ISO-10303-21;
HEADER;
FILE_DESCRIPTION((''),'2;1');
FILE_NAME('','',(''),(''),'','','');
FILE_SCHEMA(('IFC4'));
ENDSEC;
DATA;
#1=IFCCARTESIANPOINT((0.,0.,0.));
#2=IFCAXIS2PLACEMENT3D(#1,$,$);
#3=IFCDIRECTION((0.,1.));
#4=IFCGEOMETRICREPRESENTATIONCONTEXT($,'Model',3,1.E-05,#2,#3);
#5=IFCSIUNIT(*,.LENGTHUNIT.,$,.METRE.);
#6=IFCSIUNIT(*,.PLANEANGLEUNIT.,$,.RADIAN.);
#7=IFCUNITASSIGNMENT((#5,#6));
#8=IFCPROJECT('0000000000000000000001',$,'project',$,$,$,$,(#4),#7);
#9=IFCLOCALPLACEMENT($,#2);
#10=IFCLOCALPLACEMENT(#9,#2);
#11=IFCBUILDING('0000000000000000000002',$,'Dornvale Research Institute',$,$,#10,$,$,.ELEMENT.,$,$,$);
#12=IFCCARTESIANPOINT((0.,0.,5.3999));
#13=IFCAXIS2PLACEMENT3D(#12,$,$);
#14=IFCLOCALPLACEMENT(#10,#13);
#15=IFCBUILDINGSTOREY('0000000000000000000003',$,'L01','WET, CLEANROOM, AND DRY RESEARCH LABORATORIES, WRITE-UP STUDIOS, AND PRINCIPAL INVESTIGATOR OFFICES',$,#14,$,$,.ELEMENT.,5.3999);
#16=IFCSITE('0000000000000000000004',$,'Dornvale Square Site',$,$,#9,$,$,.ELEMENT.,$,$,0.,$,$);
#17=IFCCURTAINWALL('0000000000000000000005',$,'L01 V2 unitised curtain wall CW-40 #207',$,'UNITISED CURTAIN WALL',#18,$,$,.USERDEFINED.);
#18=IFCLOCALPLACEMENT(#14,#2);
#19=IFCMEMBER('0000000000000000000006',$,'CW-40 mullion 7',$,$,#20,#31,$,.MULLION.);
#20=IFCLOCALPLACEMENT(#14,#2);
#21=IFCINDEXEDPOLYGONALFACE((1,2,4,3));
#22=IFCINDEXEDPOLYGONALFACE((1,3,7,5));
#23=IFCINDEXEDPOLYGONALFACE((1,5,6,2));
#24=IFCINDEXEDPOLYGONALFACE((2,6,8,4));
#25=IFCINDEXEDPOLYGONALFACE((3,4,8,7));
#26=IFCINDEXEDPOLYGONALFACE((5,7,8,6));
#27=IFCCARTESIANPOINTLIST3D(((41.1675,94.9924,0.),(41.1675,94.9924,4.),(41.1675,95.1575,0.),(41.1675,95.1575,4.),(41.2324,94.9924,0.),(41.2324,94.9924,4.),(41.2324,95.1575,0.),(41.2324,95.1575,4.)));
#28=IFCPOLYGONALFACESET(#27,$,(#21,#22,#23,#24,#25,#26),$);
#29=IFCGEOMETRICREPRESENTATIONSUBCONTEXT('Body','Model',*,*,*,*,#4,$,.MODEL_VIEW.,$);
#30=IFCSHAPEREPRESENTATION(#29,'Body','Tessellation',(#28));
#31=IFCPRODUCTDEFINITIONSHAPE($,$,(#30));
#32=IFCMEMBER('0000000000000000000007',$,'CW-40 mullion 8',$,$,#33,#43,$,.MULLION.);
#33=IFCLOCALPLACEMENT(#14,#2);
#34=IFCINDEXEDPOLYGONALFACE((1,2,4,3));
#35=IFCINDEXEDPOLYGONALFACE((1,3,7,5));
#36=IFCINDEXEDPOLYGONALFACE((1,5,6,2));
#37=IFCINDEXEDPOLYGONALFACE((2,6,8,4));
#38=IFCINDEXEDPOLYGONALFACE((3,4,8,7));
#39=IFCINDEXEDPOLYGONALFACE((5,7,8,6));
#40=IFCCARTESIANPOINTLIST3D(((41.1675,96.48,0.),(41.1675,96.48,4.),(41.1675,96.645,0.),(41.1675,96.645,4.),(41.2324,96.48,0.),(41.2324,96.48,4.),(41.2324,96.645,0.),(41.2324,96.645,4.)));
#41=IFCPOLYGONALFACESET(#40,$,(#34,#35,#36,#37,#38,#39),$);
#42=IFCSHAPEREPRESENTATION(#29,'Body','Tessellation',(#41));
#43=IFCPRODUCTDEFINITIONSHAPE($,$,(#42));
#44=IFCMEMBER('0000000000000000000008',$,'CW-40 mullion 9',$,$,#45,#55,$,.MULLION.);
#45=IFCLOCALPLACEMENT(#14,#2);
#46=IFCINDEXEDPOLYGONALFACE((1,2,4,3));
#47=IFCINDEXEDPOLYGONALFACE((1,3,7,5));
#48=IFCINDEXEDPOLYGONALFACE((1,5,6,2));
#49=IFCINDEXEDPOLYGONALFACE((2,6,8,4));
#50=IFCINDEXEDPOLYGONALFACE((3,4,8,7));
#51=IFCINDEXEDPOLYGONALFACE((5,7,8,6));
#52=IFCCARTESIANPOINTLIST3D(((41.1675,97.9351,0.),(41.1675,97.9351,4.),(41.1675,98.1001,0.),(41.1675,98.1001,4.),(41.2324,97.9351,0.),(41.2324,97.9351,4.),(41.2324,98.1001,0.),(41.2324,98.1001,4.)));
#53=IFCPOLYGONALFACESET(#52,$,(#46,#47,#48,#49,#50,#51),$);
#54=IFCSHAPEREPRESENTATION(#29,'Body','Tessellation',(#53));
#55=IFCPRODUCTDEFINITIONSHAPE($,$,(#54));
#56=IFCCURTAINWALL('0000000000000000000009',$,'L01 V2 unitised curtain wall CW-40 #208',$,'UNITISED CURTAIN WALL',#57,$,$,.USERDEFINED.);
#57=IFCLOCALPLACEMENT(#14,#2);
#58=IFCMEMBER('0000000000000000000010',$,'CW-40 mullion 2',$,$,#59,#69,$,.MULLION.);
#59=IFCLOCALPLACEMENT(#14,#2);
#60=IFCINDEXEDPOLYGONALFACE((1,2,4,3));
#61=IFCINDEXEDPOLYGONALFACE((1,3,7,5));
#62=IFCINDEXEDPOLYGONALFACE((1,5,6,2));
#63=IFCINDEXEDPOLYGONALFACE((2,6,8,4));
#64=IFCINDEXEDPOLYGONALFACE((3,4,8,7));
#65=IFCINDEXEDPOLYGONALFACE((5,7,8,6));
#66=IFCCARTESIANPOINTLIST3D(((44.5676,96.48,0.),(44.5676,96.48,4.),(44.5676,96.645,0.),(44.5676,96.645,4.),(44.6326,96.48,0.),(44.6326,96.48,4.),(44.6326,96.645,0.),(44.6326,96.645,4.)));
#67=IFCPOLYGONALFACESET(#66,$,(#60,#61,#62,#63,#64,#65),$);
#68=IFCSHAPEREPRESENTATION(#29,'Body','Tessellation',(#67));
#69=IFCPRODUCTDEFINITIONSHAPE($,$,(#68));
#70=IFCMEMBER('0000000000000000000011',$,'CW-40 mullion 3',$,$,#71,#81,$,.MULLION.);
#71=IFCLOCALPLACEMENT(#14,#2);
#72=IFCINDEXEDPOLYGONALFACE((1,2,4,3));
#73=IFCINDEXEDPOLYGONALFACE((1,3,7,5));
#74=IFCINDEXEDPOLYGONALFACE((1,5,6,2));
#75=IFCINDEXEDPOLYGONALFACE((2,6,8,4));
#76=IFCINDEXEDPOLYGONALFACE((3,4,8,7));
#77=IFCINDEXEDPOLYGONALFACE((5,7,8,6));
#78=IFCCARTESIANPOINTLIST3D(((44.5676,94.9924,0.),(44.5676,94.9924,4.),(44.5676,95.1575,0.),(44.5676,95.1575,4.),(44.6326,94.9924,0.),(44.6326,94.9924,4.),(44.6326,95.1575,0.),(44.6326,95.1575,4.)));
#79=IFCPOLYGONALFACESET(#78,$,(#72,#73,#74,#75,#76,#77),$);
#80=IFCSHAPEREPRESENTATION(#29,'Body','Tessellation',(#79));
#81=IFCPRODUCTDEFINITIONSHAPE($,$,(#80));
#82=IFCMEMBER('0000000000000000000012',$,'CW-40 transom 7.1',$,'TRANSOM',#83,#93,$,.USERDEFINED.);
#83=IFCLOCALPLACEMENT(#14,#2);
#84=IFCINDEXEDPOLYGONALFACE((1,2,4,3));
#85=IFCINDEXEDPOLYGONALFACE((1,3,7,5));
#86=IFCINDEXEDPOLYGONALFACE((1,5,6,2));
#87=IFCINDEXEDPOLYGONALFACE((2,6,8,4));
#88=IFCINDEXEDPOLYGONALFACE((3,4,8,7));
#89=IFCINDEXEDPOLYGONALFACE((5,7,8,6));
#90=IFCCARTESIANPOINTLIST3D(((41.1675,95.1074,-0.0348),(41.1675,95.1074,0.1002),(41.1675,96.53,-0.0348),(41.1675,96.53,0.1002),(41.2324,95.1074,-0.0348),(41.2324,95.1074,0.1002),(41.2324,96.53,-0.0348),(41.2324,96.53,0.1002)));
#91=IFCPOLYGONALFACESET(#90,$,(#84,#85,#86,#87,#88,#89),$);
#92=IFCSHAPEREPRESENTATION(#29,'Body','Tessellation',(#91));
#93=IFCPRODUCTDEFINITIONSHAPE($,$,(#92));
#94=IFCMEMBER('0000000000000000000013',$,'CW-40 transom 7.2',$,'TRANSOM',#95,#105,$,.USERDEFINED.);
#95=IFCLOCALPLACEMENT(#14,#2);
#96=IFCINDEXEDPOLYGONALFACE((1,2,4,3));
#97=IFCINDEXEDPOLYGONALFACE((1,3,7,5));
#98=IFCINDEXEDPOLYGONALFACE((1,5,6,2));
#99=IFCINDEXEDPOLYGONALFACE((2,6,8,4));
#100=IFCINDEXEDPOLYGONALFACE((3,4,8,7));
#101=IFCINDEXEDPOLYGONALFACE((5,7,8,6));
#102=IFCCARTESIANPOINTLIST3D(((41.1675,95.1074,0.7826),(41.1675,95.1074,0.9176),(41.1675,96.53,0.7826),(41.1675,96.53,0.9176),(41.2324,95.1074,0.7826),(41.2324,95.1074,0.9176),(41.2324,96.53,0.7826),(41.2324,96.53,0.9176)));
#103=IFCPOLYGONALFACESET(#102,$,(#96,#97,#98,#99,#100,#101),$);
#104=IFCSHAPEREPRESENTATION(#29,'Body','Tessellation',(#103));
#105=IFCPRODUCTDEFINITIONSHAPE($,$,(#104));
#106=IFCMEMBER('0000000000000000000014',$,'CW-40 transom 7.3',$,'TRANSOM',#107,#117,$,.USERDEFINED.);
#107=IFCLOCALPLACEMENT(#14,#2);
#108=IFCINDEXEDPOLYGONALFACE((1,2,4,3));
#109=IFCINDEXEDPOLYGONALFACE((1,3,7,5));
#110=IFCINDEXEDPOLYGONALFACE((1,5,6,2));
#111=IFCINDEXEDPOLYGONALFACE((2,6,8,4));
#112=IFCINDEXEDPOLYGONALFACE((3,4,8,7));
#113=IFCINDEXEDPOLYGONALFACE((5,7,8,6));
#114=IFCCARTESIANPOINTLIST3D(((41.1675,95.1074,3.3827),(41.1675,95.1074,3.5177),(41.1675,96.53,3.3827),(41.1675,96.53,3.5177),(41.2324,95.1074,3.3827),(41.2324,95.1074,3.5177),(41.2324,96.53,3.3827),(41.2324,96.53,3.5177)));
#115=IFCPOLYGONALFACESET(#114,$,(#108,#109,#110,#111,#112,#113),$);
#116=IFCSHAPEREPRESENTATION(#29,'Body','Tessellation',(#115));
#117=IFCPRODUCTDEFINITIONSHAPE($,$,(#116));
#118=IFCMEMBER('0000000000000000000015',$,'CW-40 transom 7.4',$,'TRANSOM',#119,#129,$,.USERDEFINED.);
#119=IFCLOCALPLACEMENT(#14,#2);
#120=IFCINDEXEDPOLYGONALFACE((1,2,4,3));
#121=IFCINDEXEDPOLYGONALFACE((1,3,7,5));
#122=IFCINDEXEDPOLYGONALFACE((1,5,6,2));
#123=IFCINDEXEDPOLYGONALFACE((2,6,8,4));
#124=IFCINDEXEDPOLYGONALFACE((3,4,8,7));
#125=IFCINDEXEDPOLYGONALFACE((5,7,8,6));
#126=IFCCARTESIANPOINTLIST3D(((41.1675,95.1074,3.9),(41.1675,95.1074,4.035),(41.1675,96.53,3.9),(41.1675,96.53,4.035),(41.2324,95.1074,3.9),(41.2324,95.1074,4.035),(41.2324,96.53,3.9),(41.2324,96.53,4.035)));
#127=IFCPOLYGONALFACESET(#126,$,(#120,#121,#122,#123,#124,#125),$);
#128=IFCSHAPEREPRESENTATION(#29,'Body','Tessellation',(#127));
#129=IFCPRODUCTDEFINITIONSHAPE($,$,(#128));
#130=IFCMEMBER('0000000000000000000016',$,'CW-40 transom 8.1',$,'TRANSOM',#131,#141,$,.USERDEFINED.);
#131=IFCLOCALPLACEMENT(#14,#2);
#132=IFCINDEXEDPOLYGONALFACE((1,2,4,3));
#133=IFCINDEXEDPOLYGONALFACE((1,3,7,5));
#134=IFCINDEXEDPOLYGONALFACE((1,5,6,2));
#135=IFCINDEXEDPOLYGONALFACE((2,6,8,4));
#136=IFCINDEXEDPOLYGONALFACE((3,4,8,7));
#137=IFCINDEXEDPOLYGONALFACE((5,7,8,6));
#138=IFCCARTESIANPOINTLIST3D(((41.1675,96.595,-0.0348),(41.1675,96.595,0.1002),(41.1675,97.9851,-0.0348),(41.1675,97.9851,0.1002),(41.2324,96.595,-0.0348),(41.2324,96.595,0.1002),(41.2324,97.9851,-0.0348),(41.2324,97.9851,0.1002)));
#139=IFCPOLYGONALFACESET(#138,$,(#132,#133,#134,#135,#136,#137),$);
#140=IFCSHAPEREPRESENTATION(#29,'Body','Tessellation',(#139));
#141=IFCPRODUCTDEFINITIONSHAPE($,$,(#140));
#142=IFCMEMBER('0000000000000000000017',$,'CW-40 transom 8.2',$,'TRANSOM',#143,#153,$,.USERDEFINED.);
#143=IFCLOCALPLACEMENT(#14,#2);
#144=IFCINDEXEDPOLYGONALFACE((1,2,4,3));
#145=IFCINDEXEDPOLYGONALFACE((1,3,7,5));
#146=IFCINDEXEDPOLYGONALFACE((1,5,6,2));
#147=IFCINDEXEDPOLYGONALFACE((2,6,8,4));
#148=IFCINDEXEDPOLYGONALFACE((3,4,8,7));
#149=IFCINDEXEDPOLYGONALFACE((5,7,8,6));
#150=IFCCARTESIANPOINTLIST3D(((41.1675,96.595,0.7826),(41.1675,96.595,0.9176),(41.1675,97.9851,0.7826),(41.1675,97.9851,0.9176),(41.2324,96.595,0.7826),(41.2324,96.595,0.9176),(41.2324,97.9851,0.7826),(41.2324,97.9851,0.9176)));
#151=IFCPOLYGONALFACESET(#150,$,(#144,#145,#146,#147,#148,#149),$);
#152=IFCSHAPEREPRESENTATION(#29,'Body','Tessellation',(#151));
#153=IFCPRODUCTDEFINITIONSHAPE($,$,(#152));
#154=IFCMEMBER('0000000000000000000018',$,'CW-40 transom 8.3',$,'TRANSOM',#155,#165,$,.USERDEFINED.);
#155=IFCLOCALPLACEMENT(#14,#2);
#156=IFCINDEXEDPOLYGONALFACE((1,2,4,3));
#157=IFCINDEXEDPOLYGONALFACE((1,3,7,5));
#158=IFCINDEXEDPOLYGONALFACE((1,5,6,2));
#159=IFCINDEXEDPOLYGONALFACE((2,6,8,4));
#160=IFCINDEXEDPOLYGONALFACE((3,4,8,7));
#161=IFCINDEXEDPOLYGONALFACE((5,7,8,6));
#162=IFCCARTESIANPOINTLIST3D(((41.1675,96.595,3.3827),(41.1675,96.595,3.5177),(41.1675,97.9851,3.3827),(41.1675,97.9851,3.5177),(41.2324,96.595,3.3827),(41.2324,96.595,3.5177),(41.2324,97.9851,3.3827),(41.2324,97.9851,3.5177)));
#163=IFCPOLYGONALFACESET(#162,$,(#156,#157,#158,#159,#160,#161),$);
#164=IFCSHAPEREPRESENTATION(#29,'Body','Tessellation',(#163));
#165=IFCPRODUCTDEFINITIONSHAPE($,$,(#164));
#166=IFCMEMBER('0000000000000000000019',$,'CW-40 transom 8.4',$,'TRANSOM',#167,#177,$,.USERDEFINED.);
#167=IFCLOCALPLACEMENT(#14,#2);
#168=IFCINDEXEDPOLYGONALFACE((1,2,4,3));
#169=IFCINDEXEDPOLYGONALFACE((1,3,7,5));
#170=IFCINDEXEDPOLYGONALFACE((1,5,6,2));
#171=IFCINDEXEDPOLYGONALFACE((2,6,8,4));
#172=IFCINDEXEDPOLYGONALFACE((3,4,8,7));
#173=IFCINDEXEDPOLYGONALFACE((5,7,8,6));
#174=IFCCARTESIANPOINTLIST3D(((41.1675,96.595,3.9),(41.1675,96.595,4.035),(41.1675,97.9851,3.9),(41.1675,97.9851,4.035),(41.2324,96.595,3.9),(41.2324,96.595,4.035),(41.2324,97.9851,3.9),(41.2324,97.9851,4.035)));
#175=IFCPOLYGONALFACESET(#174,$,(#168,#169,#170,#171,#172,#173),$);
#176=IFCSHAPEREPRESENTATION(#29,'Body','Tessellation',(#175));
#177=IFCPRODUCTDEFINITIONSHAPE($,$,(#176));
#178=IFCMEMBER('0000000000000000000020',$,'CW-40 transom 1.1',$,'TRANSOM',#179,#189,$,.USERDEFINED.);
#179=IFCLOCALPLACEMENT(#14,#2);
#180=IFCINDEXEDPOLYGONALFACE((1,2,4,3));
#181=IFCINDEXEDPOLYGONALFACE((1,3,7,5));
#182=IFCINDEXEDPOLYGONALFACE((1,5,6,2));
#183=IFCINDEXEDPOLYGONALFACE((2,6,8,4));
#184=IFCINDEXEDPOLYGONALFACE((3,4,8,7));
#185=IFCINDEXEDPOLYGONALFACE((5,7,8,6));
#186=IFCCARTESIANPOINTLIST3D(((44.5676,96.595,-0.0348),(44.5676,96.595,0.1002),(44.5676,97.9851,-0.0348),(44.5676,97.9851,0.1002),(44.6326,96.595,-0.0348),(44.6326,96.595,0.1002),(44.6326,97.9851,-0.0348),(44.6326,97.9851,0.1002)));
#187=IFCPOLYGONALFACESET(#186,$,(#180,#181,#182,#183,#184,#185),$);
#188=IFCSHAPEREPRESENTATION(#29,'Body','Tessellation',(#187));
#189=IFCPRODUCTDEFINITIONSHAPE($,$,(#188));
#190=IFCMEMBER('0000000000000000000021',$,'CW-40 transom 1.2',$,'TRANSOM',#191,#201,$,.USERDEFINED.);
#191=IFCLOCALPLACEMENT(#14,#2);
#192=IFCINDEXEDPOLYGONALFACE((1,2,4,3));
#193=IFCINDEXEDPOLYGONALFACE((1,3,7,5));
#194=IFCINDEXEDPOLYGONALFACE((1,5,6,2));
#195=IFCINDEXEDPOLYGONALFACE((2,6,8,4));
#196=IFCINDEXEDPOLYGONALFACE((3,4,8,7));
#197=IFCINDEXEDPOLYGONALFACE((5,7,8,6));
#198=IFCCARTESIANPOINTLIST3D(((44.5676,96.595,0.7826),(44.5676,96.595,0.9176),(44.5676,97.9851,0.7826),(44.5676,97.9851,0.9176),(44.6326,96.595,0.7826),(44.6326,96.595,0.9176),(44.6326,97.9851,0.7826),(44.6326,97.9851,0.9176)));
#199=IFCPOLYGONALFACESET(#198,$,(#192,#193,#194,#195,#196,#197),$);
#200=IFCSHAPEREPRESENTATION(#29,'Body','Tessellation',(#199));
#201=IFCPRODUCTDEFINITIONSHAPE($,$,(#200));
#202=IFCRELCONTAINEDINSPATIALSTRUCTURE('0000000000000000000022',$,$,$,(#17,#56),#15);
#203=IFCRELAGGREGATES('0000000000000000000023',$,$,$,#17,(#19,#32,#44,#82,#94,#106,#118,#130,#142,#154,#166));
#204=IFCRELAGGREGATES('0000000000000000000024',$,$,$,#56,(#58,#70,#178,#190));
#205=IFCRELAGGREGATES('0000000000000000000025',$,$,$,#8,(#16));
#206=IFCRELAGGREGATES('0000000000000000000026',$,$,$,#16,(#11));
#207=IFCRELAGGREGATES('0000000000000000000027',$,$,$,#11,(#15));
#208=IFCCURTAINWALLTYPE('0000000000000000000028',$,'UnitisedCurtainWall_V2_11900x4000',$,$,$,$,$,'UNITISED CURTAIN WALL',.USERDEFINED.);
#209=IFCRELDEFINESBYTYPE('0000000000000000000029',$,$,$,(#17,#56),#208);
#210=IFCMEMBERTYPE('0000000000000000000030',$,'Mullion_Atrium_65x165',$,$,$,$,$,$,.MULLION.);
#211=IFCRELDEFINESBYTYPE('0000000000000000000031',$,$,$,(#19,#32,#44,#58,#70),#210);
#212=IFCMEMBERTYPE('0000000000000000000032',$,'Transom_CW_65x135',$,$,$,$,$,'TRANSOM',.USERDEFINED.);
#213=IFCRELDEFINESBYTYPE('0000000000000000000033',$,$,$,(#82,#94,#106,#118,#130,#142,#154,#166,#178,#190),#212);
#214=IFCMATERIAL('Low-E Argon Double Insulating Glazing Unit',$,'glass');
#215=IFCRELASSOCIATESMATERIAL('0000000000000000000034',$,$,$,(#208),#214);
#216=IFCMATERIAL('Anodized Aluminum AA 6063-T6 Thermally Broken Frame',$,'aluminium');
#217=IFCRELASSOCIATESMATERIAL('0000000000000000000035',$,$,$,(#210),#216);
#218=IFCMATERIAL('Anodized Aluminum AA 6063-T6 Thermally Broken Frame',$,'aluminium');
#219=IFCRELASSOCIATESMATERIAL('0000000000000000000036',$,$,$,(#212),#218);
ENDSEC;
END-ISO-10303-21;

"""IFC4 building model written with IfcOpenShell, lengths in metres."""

from ifc_helpers import new_model, si_unit, direction, frame, origin, origin_2d, place, context, subcontext, project, spatial, rectangle, extrude, material, material_profile, profile_set, type_object, element, aggregate, save


model = new_model("IFC4")

# Units and contexts
model_context = context("Model", 3, precision=1e-05, world=origin(), true_north=direction((0.0, 1.0)))
body_context = subcontext(model_context, "Body", "Model", "MODEL_VIEW")
ifc_project = project(units=[si_unit("LENGTHUNIT", "METRE"), si_unit("PLANEANGLEUNIT", "RADIAN")], contexts=[model_context])

# Site, building, storey
site_placement = place(None, origin())
site = spatial("IfcSite", under=ifc_project, at=site_placement, Name="Dornvale Square Site", CompositionType="ELEMENT", RefElevation=0.0)
building_placement = place(site_placement, origin())
building = spatial("IfcBuilding", under=site, at=building_placement, Name="Dornvale Research Institute", CompositionType="ELEMENT")
storey_placement = place(building_placement, frame((0.0, 0.0, 5.3999)))
storey = spatial("IfcBuildingStorey", under=building, at=storey_placement, Name="L01", Description="WET, CLEANROOM, AND DRY RESEARCH LABORATORIES, WRITE-UP STUDIOS, AND PRINCIPAL INVESTIGATOR OFFICES", CompositionType="ELEMENT", Elevation=5.3999)

# Curtain walls, members
ifc_material_1 = material(Name="Low-E Argon Double Insulating Glazing Unit", Category="glass")
curtain_wall_type = type_object("IfcCurtainWallType", Name="UnitisedCurtainWall_V2_11900x4000", ElementType="UNITISED CURTAIN WALL", PredefinedType="USERDEFINED", material=ifc_material_1)
curtain_wall_1_placement = place(storey_placement, origin())
curtain_wall_1 = element("IfcCurtainWall", 1, at=curtain_wall_1_placement, inside=storey, type_object=curtain_wall_type, Name="L01 V2 unitised curtain wall CW-40 #207", ObjectType="UNITISED CURTAIN WALL", PredefinedType="USERDEFINED")
ifc_material_2 = material(Name="Anodized Aluminum AA 6063-T6 Thermally Broken Frame", Category="aluminium")
ifc_material_profile_1 = material_profile(ifc_material_2, rectangle(XDim=0.0649, YDim=0.165, at=origin_2d()), Name="ALU MULLION 65x165")
ifc_profile_set_1 = profile_set([ifc_material_profile_1], Name="Anodized Aluminum AA 6063-T6 Thermally Broken Frame")
member_type_1 = type_object("IfcMemberType", Name="Mullion_Atrium_65x165", PredefinedType="MULLION", material=ifc_profile_set_1)
member_1_placement = place(storey_placement, frame((41.2, 95.075, 0.0), z_axis=(0.0, 0.0, 1.0), x_axis=(-1.0, 0.0, 0.0)))
member_1 = element("IfcMember", 2, at=member_1_placement, type_object=member_type_1, Name="CW-40 mullion 7", PredefinedType="MULLION", context=body_context, shape_type="SweptSolid", body=[
    extrude(rectangle(XDim=0.0649, YDim=0.165, at=origin_2d()), origin(), (0.0, 0.0, 1.0), 4.0),
])
member_2_placement = place(storey_placement, frame((41.2, 96.5625, 0.0), z_axis=(0.0, 0.0, 1.0), x_axis=(-1.0, 0.0, 0.0)))
member_2 = element("IfcMember", 3, at=member_2_placement, type_object=member_type_1, Name="CW-40 mullion 8", PredefinedType="MULLION", context=body_context, shape_type="SweptSolid", body=[
    extrude(rectangle(XDim=0.0649, YDim=0.165, at=origin_2d()), origin(), (0.0, 0.0, 1.0), 4.0),
])
member_3_placement = place(storey_placement, frame((41.2, 98.0176, 0.0), z_axis=(0.0, 0.0, 1.0), x_axis=(-1.0, 0.0, 0.0)))
member_3 = element("IfcMember", 4, at=member_3_placement, type_object=member_type_1, Name="CW-40 mullion 9", PredefinedType="MULLION", context=body_context, shape_type="SweptSolid", body=[
    extrude(rectangle(XDim=0.0649, YDim=0.165, at=origin_2d()), origin(), (0.0, 0.0, 1.0), 4.0),
])
curtain_wall_2_placement = place(storey_placement, origin())
curtain_wall_2 = element("IfcCurtainWall", 5, at=curtain_wall_2_placement, inside=storey, type_object=curtain_wall_type, Name="L01 V2 unitised curtain wall CW-40 #208", ObjectType="UNITISED CURTAIN WALL", PredefinedType="USERDEFINED")
member_4_placement = place(storey_placement, frame((44.6001, 96.5625, 0.0), z_axis=(0.0, 0.0, 1.0), x_axis=(1.0, 0.0, 0.0)))
member_4 = element("IfcMember", 6, at=member_4_placement, type_object=member_type_1, Name="CW-40 mullion 2", PredefinedType="MULLION", context=body_context, shape_type="SweptSolid", body=[
    extrude(rectangle(XDim=0.0649, YDim=0.165, at=origin_2d()), origin(), (0.0, 0.0, 1.0), 4.0),
])
member_5_placement = place(storey_placement, frame((44.6001, 95.075, 0.0), z_axis=(0.0, 0.0, 1.0), x_axis=(1.0, 0.0, 0.0)))
member_5 = element("IfcMember", 7, at=member_5_placement, type_object=member_type_1, Name="CW-40 mullion 3", PredefinedType="MULLION", context=body_context, shape_type="SweptSolid", body=[
    extrude(rectangle(XDim=0.0649, YDim=0.165, at=origin_2d()), origin(), (0.0, 0.0, 1.0), 4.0),
])

# Members
ifc_material_3 = material(Name="Anodized Aluminum AA 6063-T6 Thermally Broken Frame", Category="aluminium")
ifc_material_profile_2 = material_profile(ifc_material_3, rectangle(XDim=0.0649, YDim=0.135, at=origin_2d()), Name="ALU TRANSOM 65x135")
ifc_profile_set_2 = profile_set([ifc_material_profile_2], Name="Anodized Aluminum AA 6063-T6 Thermally Broken Frame")
member_type_2 = type_object("IfcMemberType", Name="Transom_CW_65x135", ElementType="TRANSOM", PredefinedType="USERDEFINED", material=ifc_profile_set_2)
member_6_placement = place(storey_placement, frame((41.2, 95.1074, 0.0327), z_axis=(0.0, 1.0, 0.0), x_axis=(-1.0, 0.0, 0.0)))
member_6 = element("IfcMember", 8, at=member_6_placement, type_object=member_type_2, Name="CW-40 transom 7.1", ObjectType="TRANSOM", PredefinedType="USERDEFINED", context=body_context, shape_type="SweptSolid", body=[
    extrude(rectangle(XDim=0.0649, YDim=0.135, at=origin_2d()), origin(), (0.0, 0.0, 1.0), 1.4226),
])
member_7_placement = place(storey_placement, frame((41.2, 95.1074, 0.8501), z_axis=(0.0, 1.0, 0.0), x_axis=(-1.0, 0.0, 0.0)))
member_7 = element("IfcMember", 9, at=member_7_placement, type_object=member_type_2, Name="CW-40 transom 7.2", ObjectType="TRANSOM", PredefinedType="USERDEFINED", context=body_context, shape_type="SweptSolid", body=[
    extrude(rectangle(XDim=0.0649, YDim=0.135, at=origin_2d()), origin(), (0.0, 0.0, 1.0), 1.4226),
])
member_8_placement = place(storey_placement, frame((41.2, 95.1074, 3.4502), z_axis=(0.0, 1.0, 0.0), x_axis=(-1.0, 0.0, 0.0)))
member_8 = element("IfcMember", 10, at=member_8_placement, type_object=member_type_2, Name="CW-40 transom 7.3", ObjectType="TRANSOM", PredefinedType="USERDEFINED", context=body_context, shape_type="SweptSolid", body=[
    extrude(rectangle(XDim=0.0649, YDim=0.135, at=origin_2d()), origin(), (0.0, 0.0, 1.0), 1.4226),
])
member_9_placement = place(storey_placement, frame((41.2, 95.1074, 3.9675), z_axis=(0.0, 1.0, 0.0), x_axis=(-1.0, 0.0, 0.0)))
member_9 = element("IfcMember", 11, at=member_9_placement, type_object=member_type_2, Name="CW-40 transom 7.4", ObjectType="TRANSOM", PredefinedType="USERDEFINED", context=body_context, shape_type="SweptSolid", body=[
    extrude(rectangle(XDim=0.0649, YDim=0.135, at=origin_2d()), origin(), (0.0, 0.0, 1.0), 1.4226),
])
member_10_placement = place(storey_placement, frame((41.2, 96.595, 0.0327), z_axis=(0.0, 1.0, 0.0), x_axis=(-1.0, 0.0, 0.0)))
member_10 = element("IfcMember", 12, at=member_10_placement, type_object=member_type_2, Name="CW-40 transom 8.1", ObjectType="TRANSOM", PredefinedType="USERDEFINED", context=body_context, shape_type="SweptSolid", body=[
    extrude(rectangle(XDim=0.0649, YDim=0.135, at=origin_2d()), origin(), (0.0, 0.0, 1.0), 1.3901),
])
member_11_placement = place(storey_placement, frame((41.2, 96.595, 0.8501), z_axis=(0.0, 1.0, 0.0), x_axis=(-1.0, 0.0, 0.0)))
member_11 = element("IfcMember", 13, at=member_11_placement, type_object=member_type_2, Name="CW-40 transom 8.2", ObjectType="TRANSOM", PredefinedType="USERDEFINED", context=body_context, shape_type="SweptSolid", body=[
    extrude(rectangle(XDim=0.0649, YDim=0.135, at=origin_2d()), origin(), (0.0, 0.0, 1.0), 1.3901),
])
member_12_placement = place(storey_placement, frame((41.2, 96.595, 3.4502), z_axis=(0.0, 1.0, 0.0), x_axis=(-1.0, 0.0, 0.0)))
member_12 = element("IfcMember", 14, at=member_12_placement, type_object=member_type_2, Name="CW-40 transom 8.3", ObjectType="TRANSOM", PredefinedType="USERDEFINED", context=body_context, shape_type="SweptSolid", body=[
    extrude(rectangle(XDim=0.0649, YDim=0.135, at=origin_2d()), origin(), (0.0, 0.0, 1.0), 1.3901),
])
member_13_placement = place(storey_placement, frame((41.2, 96.595, 3.9675), z_axis=(0.0, 1.0, 0.0), x_axis=(-1.0, 0.0, 0.0)))
member_13 = element("IfcMember", 15, at=member_13_placement, type_object=member_type_2, Name="CW-40 transom 8.4", ObjectType="TRANSOM", PredefinedType="USERDEFINED", context=body_context, shape_type="SweptSolid", body=[
    extrude(rectangle(XDim=0.0649, YDim=0.135, at=origin_2d()), origin(), (0.0, 0.0, 1.0), 1.3901),
])
member_14_placement = place(storey_placement, frame((44.6001, 97.9851, 0.0327), z_axis=(0.0, -1.0, 0.0), x_axis=(1.0, 0.0, 0.0)))
member_14 = element("IfcMember", 16, at=member_14_placement, type_object=member_type_2, Name="CW-40 transom 1.1", ObjectType="TRANSOM", PredefinedType="USERDEFINED", context=body_context, shape_type="SweptSolid", body=[
    extrude(rectangle(XDim=0.0649, YDim=0.135, at=origin_2d()), origin(), (0.0, 0.0, 1.0), 1.3901),
])
member_15_placement = place(storey_placement, frame((44.6001, 97.9851, 0.8501), z_axis=(0.0, -1.0, 0.0), x_axis=(1.0, 0.0, 0.0)))
member_15 = element("IfcMember", 17, at=member_15_placement, type_object=member_type_2, Name="CW-40 transom 1.2", ObjectType="TRANSOM", PredefinedType="USERDEFINED", context=body_context, shape_type="SweptSolid", body=[
    extrude(rectangle(XDim=0.0649, YDim=0.135, at=origin_2d()), origin(), (0.0, 0.0, 1.0), 1.3901),
])

aggregate(curtain_wall_1, [member_1, member_2, member_3, member_6, member_7, member_8, member_9, member_10, member_11, member_12, member_13])
aggregate(curtain_wall_2, [member_4, member_5, member_14, member_15])

save(model, "model.ifc")
